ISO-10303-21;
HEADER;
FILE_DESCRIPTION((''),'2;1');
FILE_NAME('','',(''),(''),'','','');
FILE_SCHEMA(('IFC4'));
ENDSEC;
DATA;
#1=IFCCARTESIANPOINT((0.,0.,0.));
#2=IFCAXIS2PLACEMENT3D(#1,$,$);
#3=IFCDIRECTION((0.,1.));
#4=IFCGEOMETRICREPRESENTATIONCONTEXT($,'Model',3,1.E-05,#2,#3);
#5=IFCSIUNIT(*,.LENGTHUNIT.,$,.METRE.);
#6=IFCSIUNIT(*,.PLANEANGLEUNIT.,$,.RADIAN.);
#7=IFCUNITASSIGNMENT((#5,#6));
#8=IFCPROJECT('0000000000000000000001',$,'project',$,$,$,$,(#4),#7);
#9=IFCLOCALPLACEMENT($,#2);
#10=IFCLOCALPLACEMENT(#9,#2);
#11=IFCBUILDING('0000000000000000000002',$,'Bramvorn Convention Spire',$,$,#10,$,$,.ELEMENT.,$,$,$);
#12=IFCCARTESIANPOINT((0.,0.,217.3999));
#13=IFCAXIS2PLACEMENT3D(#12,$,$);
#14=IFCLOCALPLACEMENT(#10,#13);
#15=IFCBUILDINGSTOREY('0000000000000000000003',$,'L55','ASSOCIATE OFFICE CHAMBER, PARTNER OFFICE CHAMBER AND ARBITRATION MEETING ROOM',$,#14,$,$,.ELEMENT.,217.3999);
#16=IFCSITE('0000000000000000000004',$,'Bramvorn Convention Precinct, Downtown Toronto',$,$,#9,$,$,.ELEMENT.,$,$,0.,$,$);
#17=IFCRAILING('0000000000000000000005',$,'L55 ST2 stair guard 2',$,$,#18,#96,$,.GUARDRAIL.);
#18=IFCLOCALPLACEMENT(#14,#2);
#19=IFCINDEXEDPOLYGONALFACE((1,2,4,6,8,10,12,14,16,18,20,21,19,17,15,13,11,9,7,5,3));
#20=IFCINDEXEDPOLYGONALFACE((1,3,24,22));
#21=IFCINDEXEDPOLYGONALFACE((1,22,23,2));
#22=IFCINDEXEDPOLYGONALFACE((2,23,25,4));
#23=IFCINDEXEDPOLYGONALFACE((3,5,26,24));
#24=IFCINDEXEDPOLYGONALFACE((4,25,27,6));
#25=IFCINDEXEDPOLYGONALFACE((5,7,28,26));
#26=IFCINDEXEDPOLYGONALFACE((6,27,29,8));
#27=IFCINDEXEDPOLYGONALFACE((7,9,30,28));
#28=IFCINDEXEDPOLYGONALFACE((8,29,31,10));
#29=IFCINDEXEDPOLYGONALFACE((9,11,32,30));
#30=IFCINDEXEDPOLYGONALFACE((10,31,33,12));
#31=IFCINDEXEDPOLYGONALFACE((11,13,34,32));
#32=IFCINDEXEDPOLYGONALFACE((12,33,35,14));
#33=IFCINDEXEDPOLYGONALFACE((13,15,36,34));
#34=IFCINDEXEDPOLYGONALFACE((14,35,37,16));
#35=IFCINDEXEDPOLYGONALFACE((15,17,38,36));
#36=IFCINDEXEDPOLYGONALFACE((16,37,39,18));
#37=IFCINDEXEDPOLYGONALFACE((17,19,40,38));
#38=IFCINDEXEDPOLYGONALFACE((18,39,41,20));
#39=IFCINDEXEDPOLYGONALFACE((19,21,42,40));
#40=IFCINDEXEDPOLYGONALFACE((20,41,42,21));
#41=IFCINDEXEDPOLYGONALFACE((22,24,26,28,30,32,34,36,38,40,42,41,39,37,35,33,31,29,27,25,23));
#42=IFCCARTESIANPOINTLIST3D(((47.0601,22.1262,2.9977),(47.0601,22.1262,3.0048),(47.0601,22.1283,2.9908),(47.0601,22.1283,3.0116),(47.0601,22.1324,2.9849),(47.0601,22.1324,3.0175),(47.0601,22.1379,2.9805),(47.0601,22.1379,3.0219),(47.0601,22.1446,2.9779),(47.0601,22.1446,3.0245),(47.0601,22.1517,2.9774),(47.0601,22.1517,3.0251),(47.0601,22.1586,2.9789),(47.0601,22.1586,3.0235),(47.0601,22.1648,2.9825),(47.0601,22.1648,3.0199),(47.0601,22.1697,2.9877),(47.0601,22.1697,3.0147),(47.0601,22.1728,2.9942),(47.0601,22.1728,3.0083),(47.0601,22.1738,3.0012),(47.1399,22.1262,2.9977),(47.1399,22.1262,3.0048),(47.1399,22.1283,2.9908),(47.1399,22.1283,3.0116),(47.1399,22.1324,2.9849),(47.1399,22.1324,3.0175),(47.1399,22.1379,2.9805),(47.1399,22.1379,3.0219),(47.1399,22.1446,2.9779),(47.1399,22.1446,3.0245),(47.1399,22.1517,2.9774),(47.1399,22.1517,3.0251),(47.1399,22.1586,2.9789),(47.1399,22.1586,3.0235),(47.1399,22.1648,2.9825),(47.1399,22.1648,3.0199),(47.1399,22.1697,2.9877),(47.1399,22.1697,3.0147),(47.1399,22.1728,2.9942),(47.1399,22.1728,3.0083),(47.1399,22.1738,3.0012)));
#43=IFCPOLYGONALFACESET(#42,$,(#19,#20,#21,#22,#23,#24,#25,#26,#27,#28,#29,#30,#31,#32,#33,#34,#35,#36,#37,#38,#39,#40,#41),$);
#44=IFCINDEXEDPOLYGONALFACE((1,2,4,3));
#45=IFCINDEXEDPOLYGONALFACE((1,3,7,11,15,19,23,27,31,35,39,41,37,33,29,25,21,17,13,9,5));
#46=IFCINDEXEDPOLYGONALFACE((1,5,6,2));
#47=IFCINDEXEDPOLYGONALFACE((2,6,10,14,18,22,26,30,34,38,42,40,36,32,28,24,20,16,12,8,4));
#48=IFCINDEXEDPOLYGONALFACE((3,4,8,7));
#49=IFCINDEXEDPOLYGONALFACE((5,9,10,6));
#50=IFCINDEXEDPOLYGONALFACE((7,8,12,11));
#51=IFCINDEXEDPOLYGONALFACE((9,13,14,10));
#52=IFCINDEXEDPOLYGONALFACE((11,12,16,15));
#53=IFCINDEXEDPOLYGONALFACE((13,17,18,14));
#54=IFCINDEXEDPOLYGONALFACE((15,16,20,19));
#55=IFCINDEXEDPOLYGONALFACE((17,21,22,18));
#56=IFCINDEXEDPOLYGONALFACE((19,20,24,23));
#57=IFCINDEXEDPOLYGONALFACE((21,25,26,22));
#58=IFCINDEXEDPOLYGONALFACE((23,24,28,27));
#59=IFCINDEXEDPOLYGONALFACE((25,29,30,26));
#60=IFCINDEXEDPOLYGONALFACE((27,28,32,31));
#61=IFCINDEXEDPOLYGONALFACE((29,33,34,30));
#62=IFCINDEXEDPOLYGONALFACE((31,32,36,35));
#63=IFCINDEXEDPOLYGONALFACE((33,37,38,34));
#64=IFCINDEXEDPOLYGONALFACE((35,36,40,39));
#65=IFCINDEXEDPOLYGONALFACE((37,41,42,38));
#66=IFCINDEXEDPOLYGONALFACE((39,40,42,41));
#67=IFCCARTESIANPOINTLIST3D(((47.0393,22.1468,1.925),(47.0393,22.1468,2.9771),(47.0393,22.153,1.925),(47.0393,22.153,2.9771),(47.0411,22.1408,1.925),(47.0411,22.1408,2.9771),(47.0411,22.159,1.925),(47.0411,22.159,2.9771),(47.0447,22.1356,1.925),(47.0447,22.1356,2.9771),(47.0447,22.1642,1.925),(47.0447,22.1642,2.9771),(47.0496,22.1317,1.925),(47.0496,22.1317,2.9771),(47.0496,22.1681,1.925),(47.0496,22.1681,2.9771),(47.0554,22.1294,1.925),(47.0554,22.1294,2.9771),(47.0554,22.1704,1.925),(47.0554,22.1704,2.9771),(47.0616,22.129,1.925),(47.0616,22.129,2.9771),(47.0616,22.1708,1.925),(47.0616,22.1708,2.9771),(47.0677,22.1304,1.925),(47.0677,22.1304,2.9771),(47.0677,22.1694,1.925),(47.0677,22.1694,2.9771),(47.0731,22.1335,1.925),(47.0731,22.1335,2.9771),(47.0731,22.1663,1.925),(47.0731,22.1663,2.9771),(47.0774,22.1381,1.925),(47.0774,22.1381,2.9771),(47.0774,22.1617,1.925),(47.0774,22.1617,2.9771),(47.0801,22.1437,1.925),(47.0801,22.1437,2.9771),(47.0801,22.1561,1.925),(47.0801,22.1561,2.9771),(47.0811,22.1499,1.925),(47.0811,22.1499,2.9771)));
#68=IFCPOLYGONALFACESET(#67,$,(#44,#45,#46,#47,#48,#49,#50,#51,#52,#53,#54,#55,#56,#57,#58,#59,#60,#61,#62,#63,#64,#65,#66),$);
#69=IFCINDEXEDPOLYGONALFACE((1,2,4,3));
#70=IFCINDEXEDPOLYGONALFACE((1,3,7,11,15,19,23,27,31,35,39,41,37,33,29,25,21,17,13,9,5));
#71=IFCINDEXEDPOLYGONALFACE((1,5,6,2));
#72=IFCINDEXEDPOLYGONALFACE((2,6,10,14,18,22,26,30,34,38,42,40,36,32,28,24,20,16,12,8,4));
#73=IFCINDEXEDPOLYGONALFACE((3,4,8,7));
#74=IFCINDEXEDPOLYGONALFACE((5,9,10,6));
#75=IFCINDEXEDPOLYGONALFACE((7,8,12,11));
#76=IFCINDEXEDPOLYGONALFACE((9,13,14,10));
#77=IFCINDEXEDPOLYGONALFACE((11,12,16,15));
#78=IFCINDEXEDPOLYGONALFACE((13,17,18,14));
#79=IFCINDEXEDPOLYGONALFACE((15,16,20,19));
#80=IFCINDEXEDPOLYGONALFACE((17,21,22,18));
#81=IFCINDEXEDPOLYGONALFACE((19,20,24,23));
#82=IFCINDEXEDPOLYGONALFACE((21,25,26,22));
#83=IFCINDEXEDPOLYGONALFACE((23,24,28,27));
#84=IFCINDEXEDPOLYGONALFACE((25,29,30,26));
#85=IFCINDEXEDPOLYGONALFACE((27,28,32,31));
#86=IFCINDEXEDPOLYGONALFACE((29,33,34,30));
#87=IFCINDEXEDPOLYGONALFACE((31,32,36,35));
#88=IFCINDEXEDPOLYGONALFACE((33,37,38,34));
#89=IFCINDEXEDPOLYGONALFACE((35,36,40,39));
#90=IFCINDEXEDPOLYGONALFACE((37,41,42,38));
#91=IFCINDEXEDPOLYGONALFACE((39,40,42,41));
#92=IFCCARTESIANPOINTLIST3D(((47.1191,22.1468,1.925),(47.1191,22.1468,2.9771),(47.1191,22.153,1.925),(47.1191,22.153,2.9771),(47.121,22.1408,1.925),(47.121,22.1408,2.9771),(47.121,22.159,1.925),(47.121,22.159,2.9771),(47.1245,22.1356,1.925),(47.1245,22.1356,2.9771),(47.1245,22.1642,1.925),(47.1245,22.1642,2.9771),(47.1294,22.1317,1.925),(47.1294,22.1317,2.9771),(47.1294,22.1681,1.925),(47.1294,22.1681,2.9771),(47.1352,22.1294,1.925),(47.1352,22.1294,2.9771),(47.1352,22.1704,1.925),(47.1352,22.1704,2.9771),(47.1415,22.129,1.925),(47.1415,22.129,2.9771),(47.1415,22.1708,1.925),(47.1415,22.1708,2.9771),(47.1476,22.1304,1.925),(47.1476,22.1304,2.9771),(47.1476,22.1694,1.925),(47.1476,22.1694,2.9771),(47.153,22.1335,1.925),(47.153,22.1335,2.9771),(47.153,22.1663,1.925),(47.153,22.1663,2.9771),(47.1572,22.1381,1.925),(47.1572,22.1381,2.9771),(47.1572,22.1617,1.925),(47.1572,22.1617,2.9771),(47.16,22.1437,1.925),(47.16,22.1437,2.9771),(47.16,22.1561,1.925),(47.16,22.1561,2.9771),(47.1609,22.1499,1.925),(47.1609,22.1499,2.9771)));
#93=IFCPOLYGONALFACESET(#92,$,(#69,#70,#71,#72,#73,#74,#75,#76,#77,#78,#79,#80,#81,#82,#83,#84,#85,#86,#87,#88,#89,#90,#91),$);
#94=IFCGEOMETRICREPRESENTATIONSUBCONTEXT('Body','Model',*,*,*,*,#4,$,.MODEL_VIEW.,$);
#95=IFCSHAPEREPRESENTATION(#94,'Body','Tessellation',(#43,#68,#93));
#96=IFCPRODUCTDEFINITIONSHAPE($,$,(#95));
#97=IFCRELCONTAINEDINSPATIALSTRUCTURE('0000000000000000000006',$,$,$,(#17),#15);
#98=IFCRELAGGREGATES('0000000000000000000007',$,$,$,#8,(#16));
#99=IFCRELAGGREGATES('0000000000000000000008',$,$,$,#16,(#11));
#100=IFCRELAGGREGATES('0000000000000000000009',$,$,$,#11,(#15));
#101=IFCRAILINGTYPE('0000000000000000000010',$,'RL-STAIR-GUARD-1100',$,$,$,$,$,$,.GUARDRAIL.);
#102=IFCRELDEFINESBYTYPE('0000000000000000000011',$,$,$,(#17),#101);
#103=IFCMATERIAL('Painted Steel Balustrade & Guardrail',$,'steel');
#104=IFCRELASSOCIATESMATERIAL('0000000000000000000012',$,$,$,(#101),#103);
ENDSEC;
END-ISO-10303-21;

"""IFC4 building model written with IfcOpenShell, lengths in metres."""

from ifc_helpers import new_model, si_unit, direction, frame, origin, origin_2d, place, context, subcontext, project, spatial, circle, extrude, material, type_object, element, save


model = new_model("IFC4")

# Units and contexts
model_context = context("Model", 3, precision=1e-05, world=origin(), true_north=direction((0.0, 1.0)))
body_context = subcontext(model_context, "Body", "Model", "MODEL_VIEW")
ifc_project = project(units=[si_unit("LENGTHUNIT", "METRE"), si_unit("PLANEANGLEUNIT", "RADIAN")], contexts=[model_context])

# Site, building, storey
site_placement = place(None, origin())
site = spatial("IfcSite", under=ifc_project, at=site_placement, Name="Bramvorn Convention Precinct, Downtown Toronto", CompositionType="ELEMENT", RefElevation=0.0)
building_placement = place(site_placement, origin())
building = spatial("IfcBuilding", under=site, at=building_placement, Name="Bramvorn Convention Spire", CompositionType="ELEMENT")
storey_placement = place(building_placement, frame((0.0, 0.0, 217.3999)))
storey = spatial("IfcBuildingStorey", under=building, at=storey_placement, Name="L55", Description="ASSOCIATE OFFICE CHAMBER, PARTNER OFFICE CHAMBER AND ARBITRATION MEETING ROOM", CompositionType="ELEMENT", Elevation=217.3999)

# Railing
ifc_material_1 = material(Name="Painted Steel Balustrade & Guardrail", Category="steel")
railing_type_1 = type_object("IfcRailingType", Name="RL-STAIR-GUARD-1100", PredefinedType="GUARDRAIL", material=ifc_material_1)
railing_1_placement = place(storey_placement, frame((47.0601, 22.1499, 1.925)))
element("IfcRailing", 1, at=railing_1_placement, inside=storey, type_object=railing_type_1, Name="L55 ST2 stair guard 2", PredefinedType="GUARDRAIL", context=body_context, shape_type="SweptSolid", body=[
    extrude(circle(Radius=0.0239, at=origin_2d()), frame((0.0, 0.0, 1.0762), z_axis=(1.0, 0.0, 0.0), x_axis=(0.0, 1.0, 0.0)), (0.0, 0.0, 1.0), 0.0798),
    extrude(circle(Radius=0.021, at=origin_2d()), origin(), (0.0, 0.0, 1.0), 1.052),
    extrude(circle(Radius=0.021, at=origin_2d()), frame((0.0798, 0.0, 0.0)), (0.0, 0.0, 1.0), 1.052),
])

save(model, "model.ifc")
